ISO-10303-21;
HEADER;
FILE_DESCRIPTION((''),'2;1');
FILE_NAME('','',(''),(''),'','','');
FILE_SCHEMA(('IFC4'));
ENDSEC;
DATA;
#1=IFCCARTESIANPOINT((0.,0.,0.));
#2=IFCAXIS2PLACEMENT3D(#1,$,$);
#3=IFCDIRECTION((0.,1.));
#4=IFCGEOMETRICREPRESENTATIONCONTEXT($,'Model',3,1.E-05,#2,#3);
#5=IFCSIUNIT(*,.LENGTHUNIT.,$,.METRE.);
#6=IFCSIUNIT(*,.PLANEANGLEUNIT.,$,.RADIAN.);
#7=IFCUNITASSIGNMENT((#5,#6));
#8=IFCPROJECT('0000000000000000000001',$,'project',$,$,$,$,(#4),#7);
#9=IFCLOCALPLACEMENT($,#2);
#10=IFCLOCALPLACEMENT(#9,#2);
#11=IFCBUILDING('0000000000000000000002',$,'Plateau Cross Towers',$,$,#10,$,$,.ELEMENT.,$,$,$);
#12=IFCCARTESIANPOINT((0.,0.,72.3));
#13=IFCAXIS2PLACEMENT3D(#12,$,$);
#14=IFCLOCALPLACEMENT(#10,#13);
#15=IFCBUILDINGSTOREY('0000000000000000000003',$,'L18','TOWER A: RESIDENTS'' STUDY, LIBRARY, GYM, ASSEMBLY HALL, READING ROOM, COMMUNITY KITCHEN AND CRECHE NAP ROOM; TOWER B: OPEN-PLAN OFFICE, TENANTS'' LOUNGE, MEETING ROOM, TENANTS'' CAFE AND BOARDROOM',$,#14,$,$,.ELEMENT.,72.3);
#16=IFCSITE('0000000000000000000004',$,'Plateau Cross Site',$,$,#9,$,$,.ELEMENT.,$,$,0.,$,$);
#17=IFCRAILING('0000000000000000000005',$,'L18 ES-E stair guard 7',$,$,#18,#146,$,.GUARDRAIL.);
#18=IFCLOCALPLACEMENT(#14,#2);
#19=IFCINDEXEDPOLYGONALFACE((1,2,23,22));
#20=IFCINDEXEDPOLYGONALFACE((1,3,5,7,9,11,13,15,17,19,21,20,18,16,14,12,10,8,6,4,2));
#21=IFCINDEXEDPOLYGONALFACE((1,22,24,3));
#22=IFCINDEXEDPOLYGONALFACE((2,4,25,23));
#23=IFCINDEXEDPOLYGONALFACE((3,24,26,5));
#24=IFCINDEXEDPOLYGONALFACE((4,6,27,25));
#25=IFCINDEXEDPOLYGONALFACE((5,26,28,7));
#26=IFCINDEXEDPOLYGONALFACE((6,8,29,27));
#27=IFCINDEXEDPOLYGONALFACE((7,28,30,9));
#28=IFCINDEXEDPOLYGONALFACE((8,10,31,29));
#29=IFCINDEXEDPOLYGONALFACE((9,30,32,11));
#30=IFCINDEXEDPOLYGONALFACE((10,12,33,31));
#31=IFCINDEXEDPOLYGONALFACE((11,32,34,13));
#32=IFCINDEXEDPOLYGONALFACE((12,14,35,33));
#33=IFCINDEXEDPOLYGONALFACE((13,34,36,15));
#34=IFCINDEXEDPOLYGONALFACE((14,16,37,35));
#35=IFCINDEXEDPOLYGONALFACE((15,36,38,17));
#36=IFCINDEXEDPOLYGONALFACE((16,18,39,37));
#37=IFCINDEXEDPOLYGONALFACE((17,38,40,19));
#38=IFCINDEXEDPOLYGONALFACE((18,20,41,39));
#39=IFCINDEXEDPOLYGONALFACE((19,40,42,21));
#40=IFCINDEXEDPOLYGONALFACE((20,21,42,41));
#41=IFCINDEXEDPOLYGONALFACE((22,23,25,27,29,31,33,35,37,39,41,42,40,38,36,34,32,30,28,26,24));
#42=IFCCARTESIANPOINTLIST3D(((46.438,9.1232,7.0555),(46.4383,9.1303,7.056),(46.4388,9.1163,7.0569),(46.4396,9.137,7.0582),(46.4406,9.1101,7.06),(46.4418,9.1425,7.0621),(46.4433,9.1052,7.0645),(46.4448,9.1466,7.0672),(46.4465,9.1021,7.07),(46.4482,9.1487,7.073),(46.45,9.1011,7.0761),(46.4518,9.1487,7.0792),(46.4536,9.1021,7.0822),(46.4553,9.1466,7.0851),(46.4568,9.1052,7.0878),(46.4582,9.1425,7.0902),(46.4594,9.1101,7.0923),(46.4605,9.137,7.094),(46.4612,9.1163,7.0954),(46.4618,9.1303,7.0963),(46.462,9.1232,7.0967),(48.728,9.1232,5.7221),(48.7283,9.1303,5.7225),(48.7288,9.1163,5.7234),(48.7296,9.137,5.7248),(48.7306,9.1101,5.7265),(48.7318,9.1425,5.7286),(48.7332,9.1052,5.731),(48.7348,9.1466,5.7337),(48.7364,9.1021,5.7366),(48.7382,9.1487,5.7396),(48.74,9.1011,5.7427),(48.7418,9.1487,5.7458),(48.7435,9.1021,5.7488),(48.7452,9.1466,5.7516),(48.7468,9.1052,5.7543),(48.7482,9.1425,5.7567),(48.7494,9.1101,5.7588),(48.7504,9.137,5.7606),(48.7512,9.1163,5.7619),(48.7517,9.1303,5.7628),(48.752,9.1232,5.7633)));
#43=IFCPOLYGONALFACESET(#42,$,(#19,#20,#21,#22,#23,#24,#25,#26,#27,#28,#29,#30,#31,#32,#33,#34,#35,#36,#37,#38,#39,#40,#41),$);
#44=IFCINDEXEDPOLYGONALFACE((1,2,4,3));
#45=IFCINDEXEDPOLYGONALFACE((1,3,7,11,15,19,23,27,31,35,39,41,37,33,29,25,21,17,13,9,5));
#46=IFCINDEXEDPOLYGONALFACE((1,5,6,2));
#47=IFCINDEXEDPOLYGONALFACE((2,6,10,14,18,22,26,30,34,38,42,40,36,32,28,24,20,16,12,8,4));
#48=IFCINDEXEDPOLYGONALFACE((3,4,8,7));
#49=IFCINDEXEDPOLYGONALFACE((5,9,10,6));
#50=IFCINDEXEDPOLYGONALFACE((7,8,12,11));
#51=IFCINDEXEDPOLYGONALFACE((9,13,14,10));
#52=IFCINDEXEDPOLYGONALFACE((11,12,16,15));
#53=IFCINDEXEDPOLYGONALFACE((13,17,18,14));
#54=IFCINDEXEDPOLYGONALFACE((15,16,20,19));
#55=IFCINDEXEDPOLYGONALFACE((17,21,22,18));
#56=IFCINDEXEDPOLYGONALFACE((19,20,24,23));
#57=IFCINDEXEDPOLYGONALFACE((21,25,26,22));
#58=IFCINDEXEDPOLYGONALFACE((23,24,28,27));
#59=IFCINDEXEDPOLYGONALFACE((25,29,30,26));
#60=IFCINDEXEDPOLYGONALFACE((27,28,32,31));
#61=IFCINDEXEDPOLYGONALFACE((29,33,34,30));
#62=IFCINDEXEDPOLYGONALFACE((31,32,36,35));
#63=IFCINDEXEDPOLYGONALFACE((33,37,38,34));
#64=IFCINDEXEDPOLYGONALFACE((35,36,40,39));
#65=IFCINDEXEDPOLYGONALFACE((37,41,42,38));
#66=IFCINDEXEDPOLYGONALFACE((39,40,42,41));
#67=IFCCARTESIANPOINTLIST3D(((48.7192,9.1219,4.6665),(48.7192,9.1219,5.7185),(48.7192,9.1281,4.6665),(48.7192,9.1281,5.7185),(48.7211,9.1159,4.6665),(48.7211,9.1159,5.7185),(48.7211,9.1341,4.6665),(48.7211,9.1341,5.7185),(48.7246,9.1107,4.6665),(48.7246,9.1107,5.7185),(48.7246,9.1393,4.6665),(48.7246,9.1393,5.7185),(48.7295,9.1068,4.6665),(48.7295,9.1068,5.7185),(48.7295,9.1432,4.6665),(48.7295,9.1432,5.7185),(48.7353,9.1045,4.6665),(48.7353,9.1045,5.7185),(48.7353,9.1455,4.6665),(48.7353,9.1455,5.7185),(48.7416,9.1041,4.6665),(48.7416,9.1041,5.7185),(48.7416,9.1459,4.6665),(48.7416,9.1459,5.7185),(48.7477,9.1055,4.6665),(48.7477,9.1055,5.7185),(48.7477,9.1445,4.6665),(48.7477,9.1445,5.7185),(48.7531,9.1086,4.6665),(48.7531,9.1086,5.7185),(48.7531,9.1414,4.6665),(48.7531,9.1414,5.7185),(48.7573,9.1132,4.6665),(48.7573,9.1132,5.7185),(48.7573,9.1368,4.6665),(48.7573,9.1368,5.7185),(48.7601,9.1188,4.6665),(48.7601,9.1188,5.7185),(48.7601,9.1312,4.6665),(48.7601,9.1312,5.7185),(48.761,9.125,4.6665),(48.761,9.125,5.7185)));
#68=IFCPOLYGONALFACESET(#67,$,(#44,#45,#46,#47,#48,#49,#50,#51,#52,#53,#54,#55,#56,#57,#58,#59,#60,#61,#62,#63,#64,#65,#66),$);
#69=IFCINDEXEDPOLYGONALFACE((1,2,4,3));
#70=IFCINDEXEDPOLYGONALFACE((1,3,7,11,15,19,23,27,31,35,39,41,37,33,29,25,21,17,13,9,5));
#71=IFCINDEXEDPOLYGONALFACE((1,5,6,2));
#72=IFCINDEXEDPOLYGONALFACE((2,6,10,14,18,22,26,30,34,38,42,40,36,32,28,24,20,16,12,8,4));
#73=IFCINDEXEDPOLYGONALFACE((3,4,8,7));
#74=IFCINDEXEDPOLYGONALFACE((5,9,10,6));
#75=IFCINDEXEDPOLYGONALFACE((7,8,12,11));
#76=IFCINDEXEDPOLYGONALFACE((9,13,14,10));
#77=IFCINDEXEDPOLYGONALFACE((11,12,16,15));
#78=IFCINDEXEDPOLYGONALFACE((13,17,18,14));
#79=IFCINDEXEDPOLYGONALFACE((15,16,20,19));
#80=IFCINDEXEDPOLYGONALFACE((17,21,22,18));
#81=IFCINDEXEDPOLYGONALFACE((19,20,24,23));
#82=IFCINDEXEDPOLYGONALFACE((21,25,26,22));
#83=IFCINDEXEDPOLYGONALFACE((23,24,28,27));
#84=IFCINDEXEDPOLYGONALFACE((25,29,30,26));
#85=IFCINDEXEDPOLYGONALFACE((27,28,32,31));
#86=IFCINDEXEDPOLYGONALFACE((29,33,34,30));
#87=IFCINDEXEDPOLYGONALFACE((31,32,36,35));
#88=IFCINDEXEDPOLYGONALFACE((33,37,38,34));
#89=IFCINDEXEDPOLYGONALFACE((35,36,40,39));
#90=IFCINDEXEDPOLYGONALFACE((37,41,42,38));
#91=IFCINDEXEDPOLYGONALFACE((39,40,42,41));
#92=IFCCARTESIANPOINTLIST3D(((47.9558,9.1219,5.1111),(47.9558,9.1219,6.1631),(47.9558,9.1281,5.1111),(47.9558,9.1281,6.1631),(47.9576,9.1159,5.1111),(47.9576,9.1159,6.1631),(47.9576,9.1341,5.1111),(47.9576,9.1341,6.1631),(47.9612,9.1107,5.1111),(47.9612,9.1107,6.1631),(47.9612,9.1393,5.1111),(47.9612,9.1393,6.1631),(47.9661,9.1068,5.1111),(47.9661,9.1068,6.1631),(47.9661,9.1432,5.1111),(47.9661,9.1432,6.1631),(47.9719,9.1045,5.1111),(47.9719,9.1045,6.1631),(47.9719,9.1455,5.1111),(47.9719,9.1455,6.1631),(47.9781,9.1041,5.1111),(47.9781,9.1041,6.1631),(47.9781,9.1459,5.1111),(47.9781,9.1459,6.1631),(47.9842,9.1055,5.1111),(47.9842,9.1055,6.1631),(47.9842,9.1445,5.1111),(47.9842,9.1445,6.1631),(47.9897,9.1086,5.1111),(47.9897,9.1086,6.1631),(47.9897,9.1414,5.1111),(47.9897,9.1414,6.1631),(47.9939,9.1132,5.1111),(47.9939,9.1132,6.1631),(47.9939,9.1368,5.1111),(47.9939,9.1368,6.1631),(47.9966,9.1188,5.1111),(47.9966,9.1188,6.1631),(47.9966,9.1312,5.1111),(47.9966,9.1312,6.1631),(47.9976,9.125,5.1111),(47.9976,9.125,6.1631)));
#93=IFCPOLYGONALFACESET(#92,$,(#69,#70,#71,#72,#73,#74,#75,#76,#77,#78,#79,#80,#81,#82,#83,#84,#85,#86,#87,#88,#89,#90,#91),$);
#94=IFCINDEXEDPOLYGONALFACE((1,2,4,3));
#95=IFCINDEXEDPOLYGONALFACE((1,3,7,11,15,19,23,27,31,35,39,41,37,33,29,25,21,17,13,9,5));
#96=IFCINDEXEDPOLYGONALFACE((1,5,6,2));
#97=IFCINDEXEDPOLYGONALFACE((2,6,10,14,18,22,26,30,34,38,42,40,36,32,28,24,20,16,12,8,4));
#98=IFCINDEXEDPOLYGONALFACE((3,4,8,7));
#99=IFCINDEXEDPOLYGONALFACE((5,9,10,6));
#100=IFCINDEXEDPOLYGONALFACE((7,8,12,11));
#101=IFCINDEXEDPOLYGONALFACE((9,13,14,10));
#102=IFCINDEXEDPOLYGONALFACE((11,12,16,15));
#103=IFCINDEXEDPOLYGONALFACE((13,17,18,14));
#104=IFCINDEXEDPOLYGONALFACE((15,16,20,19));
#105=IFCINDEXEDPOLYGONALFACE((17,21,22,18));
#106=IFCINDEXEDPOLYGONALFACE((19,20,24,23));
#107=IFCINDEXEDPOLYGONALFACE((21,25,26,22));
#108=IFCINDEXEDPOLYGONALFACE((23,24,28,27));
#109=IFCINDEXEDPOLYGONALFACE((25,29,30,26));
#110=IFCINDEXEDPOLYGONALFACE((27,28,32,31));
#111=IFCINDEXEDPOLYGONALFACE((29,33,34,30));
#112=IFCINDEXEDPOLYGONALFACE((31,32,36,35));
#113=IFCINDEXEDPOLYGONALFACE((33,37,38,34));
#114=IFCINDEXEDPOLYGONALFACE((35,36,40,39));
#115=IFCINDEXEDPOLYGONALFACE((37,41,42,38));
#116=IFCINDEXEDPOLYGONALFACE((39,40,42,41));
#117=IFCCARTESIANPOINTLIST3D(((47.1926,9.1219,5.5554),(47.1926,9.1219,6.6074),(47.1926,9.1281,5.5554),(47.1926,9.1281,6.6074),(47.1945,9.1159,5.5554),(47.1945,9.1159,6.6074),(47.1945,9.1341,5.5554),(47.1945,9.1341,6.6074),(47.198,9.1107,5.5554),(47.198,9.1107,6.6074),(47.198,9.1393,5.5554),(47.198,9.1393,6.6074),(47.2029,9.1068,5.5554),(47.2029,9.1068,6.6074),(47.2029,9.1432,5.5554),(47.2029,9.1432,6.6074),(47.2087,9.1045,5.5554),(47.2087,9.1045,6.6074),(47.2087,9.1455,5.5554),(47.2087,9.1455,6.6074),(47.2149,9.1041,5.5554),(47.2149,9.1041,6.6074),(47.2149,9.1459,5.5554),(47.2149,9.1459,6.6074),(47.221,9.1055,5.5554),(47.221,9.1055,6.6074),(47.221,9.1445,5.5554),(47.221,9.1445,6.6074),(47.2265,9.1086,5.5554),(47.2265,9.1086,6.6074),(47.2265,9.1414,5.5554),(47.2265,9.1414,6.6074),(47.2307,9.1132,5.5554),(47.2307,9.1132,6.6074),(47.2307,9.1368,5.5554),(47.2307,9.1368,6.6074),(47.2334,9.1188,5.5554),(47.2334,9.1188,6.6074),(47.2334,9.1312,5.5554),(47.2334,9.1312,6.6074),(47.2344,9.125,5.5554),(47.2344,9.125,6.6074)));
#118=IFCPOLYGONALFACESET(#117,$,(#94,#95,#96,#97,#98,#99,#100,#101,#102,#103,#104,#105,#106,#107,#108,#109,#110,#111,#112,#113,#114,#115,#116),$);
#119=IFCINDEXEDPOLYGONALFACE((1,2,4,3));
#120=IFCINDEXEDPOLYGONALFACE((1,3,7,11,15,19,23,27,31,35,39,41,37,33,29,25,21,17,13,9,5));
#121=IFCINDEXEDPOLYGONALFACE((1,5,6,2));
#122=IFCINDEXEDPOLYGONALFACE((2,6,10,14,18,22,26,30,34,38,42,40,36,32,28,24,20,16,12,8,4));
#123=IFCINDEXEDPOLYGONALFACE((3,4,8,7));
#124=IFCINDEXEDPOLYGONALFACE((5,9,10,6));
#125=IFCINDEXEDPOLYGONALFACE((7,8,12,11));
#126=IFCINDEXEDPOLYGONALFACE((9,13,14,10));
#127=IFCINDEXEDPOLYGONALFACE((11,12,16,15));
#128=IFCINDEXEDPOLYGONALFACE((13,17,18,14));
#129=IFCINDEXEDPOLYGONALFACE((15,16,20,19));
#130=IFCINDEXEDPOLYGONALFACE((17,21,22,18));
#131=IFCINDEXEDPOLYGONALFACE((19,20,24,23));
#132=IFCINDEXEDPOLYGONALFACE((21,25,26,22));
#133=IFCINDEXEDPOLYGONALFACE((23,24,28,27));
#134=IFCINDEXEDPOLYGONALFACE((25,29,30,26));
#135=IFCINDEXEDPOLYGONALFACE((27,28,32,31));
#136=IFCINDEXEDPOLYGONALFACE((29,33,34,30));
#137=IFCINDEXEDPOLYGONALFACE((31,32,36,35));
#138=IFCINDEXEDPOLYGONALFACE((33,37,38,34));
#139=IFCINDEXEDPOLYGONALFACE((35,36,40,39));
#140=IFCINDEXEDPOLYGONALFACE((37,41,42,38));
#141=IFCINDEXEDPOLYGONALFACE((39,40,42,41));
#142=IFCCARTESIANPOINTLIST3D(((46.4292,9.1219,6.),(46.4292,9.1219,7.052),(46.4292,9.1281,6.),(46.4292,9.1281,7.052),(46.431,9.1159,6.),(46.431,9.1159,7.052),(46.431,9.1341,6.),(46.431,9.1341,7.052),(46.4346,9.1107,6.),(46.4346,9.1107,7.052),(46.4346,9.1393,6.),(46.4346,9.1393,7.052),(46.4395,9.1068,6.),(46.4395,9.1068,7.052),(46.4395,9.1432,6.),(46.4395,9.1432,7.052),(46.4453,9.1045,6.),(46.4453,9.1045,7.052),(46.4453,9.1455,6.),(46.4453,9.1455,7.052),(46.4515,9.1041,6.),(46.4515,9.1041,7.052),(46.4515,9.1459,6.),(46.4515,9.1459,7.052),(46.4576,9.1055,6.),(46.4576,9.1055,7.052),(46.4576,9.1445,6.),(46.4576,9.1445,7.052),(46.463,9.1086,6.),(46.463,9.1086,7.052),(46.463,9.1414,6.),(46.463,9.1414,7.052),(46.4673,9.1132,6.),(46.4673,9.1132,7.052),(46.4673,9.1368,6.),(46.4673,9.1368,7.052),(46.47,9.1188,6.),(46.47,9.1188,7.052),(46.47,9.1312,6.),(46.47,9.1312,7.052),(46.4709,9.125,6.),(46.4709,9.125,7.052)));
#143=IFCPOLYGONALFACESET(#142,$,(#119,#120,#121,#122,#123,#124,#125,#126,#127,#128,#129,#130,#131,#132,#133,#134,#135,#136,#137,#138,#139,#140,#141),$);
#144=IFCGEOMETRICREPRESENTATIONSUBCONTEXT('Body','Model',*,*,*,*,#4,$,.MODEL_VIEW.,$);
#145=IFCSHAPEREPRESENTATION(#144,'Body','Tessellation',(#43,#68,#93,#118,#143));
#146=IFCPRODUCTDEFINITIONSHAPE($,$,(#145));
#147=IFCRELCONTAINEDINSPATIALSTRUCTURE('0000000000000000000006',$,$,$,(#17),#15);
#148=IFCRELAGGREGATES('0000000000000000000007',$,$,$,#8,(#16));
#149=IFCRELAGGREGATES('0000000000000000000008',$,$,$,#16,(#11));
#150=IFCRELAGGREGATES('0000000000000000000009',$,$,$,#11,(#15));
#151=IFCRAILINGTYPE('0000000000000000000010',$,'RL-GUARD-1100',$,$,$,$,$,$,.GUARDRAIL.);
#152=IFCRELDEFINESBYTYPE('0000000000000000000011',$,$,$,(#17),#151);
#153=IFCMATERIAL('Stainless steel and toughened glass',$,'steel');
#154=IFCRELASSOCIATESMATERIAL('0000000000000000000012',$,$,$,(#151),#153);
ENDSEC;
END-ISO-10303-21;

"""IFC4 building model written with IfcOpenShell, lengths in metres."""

from ifc_helpers import new_model, si_unit, direction, frame, origin, origin_2d, place, context, subcontext, project, spatial, circle, extrude, material, type_object, element, save


model = new_model("IFC4")

# Units and contexts
model_context = context("Model", 3, precision=1e-05, world=origin(), true_north=direction((0.0, 1.0)))
body_context = subcontext(model_context, "Body", "Model", "MODEL_VIEW")
ifc_project = project(units=[si_unit("LENGTHUNIT", "METRE"), si_unit("PLANEANGLEUNIT", "RADIAN")], contexts=[model_context])

# Site, building, storey
site_placement = place(None, origin())
site = spatial("IfcSite", under=ifc_project, at=site_placement, Name="Plateau Cross Site", CompositionType="ELEMENT", RefElevation=0.0)
building_placement = place(site_placement, origin())
building = spatial("IfcBuilding", under=site, at=building_placement, Name="Plateau Cross Towers", CompositionType="ELEMENT")
storey_placement = place(building_placement, frame((0.0, 0.0, 72.3)))
storey = spatial("IfcBuildingStorey", under=building, at=storey_placement, Name="L18", Description="TOWER A: RESIDENTS' STUDY, LIBRARY, GYM, ASSEMBLY HALL, READING ROOM, COMMUNITY KITCHEN AND CRECHE NAP ROOM; TOWER B: OPEN-PLAN OFFICE, TENANTS' LOUNGE, MEETING ROOM, TENANTS' CAFE AND BOARDROOM", CompositionType="ELEMENT", Elevation=72.3)

# Railing
ifc_material_1 = material(Name="Stainless steel and toughened glass", Category="steel")
railing_type_1 = type_object("IfcRailingType", Name="RL-GUARD-1100", PredefinedType="GUARDRAIL", material=ifc_material_1)
railing_1_placement = place(storey_placement, frame((48.74, 9.125, 4.6665)))
element("IfcRailing", 1, at=railing_1_placement, inside=storey, type_object=railing_type_1, Name="L18 ES-E stair guard 7", PredefinedType="GUARDRAIL", context=body_context, shape_type="SweptSolid", body=[
    extrude(circle(Radius=0.0239, at=origin_2d()), frame((0.0, 0.0, 1.0762), z_axis=(-0.864166, 0.0, 0.503206), x_axis=(0.0, -1.0, 0.0)), (0.0, 0.0, 1.0), 2.6499),
    extrude(circle(Radius=0.021, at=origin_2d()), origin(), (0.0, 0.0, 1.0), 1.052),
    extrude(circle(Radius=0.021, at=origin_2d()), frame((-0.7634, 0.0, 0.4446)), (0.0, 0.0, 1.0), 1.052),
    extrude(circle(Radius=0.021, at=origin_2d()), frame((-1.5266, 0.0, 0.8889)), (0.0, 0.0, 1.0), 1.052),
    extrude(circle(Radius=0.021, at=origin_2d()), frame((-2.29, 0.0, 1.3335)), (0.0, 0.0, 1.0), 1.052),
])

save(model, "model.ifc")
